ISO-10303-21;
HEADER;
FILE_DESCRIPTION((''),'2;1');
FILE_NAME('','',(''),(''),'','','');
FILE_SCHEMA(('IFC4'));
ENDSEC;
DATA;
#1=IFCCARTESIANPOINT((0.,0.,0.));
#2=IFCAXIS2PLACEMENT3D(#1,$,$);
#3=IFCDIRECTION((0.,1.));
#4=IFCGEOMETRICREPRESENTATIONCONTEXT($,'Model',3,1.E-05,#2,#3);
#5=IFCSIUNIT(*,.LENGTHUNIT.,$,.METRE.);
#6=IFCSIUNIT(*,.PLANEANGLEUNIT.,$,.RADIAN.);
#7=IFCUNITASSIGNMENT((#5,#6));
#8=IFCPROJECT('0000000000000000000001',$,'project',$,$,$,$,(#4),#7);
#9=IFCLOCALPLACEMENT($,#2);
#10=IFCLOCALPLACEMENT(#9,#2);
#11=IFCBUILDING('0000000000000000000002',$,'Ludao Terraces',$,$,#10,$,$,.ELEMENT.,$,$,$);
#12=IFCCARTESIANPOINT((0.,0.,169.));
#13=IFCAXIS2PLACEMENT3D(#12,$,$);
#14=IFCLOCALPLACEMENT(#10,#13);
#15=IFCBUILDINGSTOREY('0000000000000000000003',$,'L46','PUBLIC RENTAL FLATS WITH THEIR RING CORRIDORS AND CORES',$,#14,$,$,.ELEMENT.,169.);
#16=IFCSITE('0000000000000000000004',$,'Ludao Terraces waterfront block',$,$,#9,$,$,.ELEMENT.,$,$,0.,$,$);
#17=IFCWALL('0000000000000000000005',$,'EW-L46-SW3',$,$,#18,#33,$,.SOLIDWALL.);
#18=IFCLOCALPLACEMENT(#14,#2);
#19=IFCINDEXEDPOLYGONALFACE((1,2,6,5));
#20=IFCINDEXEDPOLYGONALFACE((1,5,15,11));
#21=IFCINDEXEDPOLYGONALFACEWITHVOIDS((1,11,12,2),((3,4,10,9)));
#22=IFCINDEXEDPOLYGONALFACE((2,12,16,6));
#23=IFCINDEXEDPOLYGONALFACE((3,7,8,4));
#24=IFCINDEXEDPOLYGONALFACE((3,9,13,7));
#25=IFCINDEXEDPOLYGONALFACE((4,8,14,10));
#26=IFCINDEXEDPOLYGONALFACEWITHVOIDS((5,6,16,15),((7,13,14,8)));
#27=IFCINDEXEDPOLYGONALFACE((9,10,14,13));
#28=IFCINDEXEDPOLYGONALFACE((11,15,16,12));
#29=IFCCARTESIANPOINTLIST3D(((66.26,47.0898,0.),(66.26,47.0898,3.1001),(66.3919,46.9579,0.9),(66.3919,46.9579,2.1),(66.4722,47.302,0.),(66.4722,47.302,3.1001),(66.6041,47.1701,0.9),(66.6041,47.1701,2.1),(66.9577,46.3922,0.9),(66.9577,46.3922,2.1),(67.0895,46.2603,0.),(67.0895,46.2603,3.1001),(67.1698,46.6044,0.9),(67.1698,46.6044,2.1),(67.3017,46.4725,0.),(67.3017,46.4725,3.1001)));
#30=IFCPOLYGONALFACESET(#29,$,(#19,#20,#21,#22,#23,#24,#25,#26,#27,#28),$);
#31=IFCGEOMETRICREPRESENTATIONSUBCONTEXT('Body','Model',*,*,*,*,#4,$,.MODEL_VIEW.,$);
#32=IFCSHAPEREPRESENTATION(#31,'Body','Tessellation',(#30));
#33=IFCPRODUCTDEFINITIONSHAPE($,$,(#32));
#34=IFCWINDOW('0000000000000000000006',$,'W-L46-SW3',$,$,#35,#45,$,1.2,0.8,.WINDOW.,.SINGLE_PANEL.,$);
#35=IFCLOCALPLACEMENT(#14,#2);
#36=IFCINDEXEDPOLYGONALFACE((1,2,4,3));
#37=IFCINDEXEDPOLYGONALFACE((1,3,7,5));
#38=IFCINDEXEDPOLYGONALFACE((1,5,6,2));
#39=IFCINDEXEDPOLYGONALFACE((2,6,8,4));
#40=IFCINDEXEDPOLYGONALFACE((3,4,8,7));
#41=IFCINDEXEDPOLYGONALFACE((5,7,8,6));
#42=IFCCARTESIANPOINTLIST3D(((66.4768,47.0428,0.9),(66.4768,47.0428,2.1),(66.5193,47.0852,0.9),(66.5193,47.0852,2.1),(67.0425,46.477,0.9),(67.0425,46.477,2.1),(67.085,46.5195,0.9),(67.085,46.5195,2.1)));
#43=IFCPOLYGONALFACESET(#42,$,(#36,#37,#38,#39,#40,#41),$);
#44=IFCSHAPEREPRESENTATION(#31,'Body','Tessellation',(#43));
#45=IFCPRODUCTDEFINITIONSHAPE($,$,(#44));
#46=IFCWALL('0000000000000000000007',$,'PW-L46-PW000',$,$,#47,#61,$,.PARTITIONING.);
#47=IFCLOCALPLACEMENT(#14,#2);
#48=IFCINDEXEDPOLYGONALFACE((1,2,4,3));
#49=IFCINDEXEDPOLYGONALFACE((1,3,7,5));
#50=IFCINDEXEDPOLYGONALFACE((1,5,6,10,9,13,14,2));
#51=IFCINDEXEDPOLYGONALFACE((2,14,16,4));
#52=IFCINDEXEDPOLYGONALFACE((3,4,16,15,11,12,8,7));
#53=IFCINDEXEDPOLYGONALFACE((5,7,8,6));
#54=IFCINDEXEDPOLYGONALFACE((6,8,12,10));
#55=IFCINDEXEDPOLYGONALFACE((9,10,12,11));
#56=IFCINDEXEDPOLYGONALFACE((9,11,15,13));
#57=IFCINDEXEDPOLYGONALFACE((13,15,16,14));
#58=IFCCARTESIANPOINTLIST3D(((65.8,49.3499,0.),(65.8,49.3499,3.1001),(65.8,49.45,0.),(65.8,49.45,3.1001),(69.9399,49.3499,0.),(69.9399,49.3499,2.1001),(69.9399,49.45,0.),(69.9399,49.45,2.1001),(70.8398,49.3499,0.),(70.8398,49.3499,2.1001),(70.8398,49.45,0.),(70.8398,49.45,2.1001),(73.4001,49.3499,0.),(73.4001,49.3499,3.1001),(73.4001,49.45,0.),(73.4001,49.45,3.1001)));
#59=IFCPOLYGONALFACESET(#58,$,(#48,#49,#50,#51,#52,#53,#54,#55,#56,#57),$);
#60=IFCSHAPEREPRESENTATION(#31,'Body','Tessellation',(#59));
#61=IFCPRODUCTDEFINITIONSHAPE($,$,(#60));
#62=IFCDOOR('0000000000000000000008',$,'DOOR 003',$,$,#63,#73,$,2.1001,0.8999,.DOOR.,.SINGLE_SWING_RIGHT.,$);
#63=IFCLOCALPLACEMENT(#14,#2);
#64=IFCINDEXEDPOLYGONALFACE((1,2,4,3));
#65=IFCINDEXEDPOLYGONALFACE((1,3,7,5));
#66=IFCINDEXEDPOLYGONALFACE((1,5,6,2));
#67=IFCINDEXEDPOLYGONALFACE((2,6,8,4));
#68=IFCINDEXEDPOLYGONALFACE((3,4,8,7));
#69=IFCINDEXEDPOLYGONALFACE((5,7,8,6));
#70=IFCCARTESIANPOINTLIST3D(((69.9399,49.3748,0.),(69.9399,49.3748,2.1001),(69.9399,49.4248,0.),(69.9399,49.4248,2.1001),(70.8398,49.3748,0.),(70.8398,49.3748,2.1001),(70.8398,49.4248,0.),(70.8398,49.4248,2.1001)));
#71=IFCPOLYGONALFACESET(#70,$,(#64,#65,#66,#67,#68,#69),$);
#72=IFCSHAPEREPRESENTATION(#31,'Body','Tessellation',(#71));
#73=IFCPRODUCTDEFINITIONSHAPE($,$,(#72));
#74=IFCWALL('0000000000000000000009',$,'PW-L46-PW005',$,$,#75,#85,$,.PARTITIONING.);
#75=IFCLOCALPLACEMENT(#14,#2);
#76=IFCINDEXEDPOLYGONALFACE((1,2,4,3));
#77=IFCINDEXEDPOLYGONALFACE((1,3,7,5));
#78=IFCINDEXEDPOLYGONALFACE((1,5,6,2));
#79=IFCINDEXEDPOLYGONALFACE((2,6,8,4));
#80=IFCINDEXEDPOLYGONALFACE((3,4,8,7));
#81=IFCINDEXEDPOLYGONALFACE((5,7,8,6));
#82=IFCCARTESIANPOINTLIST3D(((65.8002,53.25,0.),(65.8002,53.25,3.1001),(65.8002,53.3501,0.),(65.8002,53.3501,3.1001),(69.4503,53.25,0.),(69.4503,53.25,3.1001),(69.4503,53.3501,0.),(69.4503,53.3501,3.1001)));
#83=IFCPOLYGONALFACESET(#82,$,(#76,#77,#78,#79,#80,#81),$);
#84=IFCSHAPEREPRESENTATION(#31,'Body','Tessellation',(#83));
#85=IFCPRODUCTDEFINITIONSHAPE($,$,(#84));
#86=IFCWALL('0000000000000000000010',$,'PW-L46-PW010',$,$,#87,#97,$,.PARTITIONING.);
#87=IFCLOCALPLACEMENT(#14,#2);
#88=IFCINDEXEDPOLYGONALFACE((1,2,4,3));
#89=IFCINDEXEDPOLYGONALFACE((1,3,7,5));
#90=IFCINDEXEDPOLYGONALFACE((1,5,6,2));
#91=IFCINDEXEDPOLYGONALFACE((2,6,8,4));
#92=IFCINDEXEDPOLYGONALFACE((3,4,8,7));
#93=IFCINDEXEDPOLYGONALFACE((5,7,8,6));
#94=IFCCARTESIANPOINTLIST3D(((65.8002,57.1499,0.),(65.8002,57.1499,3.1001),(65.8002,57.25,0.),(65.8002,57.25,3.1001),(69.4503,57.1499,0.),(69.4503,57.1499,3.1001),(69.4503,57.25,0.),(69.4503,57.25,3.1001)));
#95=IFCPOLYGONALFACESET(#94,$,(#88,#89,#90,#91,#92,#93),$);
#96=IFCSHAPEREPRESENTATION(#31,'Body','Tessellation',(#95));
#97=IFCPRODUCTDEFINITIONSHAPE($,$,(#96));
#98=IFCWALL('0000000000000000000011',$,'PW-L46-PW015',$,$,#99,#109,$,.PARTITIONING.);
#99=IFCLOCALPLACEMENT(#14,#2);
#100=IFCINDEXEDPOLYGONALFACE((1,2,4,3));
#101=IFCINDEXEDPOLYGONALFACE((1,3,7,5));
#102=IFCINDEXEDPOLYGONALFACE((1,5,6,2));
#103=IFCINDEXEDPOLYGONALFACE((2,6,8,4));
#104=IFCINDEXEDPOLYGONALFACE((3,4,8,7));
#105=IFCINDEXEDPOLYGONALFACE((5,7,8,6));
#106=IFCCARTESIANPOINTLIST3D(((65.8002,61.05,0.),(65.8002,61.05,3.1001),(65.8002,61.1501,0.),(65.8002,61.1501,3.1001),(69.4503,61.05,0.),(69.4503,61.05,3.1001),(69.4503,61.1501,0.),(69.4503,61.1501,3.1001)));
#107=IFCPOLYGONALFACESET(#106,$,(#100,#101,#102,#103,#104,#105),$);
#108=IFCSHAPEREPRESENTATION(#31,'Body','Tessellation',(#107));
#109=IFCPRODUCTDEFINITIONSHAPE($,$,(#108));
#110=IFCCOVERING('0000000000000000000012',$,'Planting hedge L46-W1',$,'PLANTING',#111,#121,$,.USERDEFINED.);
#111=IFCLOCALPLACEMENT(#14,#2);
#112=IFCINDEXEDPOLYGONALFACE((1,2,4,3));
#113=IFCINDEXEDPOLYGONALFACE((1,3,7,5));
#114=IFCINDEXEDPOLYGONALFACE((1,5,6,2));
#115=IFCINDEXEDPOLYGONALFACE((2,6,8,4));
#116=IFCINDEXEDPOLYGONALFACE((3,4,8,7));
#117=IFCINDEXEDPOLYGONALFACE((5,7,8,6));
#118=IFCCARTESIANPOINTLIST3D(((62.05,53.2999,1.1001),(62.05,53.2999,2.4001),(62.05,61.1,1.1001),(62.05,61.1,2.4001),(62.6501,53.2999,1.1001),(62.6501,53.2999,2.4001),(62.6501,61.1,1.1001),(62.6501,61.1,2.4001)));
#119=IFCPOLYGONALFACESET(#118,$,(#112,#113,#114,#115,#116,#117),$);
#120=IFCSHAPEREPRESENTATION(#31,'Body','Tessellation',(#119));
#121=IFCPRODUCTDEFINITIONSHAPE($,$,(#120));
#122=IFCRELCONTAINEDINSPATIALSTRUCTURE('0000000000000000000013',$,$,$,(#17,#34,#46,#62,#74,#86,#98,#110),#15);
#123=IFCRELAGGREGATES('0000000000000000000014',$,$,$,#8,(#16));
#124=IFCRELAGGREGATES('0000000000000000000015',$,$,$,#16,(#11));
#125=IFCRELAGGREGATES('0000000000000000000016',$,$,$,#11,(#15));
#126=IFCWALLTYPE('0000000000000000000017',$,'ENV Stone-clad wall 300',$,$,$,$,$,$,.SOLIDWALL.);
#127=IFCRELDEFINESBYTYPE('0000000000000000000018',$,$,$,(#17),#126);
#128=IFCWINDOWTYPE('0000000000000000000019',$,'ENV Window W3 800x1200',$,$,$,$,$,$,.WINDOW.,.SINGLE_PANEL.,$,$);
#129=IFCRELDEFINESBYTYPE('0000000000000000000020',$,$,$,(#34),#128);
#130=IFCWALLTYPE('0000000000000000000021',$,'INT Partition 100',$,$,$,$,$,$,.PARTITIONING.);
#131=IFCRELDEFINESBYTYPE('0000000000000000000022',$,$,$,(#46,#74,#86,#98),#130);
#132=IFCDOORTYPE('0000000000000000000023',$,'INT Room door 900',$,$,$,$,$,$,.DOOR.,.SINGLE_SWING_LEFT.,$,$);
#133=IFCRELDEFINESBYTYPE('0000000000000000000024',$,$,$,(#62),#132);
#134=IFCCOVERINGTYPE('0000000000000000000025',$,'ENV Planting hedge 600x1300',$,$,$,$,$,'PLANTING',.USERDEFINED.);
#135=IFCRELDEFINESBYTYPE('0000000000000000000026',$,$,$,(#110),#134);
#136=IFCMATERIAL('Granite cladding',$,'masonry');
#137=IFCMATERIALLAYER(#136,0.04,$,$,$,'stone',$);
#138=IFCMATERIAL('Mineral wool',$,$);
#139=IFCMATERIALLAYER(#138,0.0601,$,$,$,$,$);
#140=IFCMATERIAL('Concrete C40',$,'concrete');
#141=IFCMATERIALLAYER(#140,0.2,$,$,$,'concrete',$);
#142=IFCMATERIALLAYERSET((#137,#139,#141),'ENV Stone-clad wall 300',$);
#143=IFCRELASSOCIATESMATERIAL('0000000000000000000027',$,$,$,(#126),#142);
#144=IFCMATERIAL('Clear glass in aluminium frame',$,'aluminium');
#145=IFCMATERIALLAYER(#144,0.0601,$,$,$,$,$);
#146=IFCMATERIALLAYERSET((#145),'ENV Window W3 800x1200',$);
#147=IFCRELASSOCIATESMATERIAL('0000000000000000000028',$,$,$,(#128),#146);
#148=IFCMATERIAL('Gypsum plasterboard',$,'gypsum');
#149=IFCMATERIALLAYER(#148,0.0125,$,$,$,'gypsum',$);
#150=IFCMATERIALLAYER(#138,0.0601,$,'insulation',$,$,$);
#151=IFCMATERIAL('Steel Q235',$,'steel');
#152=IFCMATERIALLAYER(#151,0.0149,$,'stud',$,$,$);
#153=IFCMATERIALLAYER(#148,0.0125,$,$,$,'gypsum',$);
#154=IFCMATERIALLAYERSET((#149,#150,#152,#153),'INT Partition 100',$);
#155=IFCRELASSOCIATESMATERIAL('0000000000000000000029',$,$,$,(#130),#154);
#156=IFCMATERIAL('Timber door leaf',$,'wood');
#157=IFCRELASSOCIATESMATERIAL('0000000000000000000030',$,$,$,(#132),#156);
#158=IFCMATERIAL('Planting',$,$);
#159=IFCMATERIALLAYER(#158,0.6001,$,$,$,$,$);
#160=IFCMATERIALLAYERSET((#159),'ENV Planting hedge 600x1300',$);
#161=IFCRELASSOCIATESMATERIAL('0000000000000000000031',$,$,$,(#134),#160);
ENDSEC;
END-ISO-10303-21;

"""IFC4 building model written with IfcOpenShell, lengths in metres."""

from ifc_helpers import new_model, si_unit, direction, frame, frame_2d, origin, origin_2d, place, context, subcontext, project, spatial, rectangle, extrude, material, layer, layer_set, type_object, element, fill, save


model = new_model("IFC4")

# Units and contexts
model_context = context("Model", 3, precision=1e-05, world=origin(), true_north=direction((0.0, 1.0)))
body_context = subcontext(model_context, "Body", "Model", "MODEL_VIEW")
ifc_project = project(units=[si_unit("LENGTHUNIT", "METRE"), si_unit("PLANEANGLEUNIT", "RADIAN")], contexts=[model_context])

# Site, building, storey
site_placement = place(None, origin())
site = spatial("IfcSite", under=ifc_project, at=site_placement, Name="Ludao Terraces waterfront block", CompositionType="ELEMENT", RefElevation=0.0)
building_placement = place(site_placement, origin())
building = spatial("IfcBuilding", under=site, at=building_placement, Name="Ludao Terraces", CompositionType="ELEMENT")
storey_placement = place(building_placement, frame((0.0, 0.0, 169.0)))
storey = spatial("IfcBuildingStorey", under=building, at=storey_placement, Name="L46", Description="PUBLIC RENTAL FLATS WITH THEIR RING CORRIDORS AND CORES", CompositionType="ELEMENT", Elevation=169.0)

# Shared definitions
ifc_material_1 = material(Name="Concrete C40", Category="concrete")

# Shared definitions
ifc_material_2 = material(Name="Granite cladding", Category="masonry")
ifc_layer_1 = layer(ifc_material_2, 0.04, Category="stone")
ifc_material_3 = material(Name="Mineral wool")
ifc_layer_2 = layer(ifc_material_3, 0.0601)
ifc_layer_3 = layer(ifc_material_1, 0.2, Category="concrete")
ifc_layer_set_1 = layer_set([ifc_layer_1, ifc_layer_2, ifc_layer_3], Name="ENV Stone-clad wall 300")
wall_type_1 = type_object("IfcWallType", Name="ENV Stone-clad wall 300", PredefinedType="SOLIDWALL", material=ifc_layer_set_1)
ifc_material_4 = material(Name="Clear glass in aluminium frame", Category="aluminium")

# Wall, opening, window
ifc_layer_4 = layer(ifc_material_4, 0.0601)
ifc_layer_set_2 = layer_set([ifc_layer_4], Name="ENV Window W3 800x1200")
window_type_1 = type_object("IfcWindowType", Name="ENV Window W3 800x1200", PartitioningType="SINGLE_PANEL", PredefinedType="WINDOW", material=ifc_layer_set_2)
wall_1_placement = place(storey_placement, frame((66.3662, 47.1958, 0.0), z_axis=(0.0, 0.0, 1.0), x_axis=(0.707107, -0.707107, 0.0)))
wall_1 = element("IfcWall", 1, at=wall_1_placement, inside=storey, type_object=wall_type_1, Name="EW-L46-SW3", PredefinedType="SOLIDWALL", context=body_context, shape_type="SweptSolid", body=[
    extrude(rectangle(XDim=1.1731, YDim=0.3, at=frame_2d((0.5864, 0.0))), origin(), (0.0, 0.0, 1.0), 3.1001),
])
opening_1_placement = place(wall_1_placement, frame((0.1865, 0.0, 0.8999)))
opening_1 = element("IfcOpeningElement", 2, at=opening_1_placement, cuts=wall_1, PredefinedType="OPENING", context=body_context, shape_type="SweptSolid", body=[
    extrude(rectangle(XDim=0.8, YDim=1.2, at=frame_2d((0.3999, 0.6001))), frame((0.0, 0.1602, 0.0), z_axis=(0.0, -1.0, 0.0), x_axis=(1.0, 0.0, 0.0)), (0.0, 0.0, 1.0), 0.3201),
])
window_1_placement = place(opening_1_placement, origin())
window_1 = element("IfcWindow", 3, at=window_1_placement, inside=storey, type_object=window_type_1, Name="W-L46-SW3", OverallHeight=1.2, OverallWidth=0.8, PartitioningType="SINGLE_PANEL", PredefinedType="WINDOW", context=body_context, shape_type="SweptSolid", body=[
    extrude(rectangle(XDim=0.8, YDim=1.2, at=frame_2d((0.3999, 0.6001))), frame((0.0, 0.03, 0.0), z_axis=(0.0, -1.0, 0.0), x_axis=(1.0, 0.0, 0.0)), (0.0, 0.0, 1.0), 0.0601),
])
fill(opening_1, window_1)

# Wall, opening, door
ifc_material_5 = material(Name="Gypsum plasterboard", Category="gypsum")
ifc_layer_5 = layer(ifc_material_5, 0.0125, Category="gypsum")
ifc_layer_6 = layer(ifc_material_3, 0.0601, Name="insulation")
ifc_material_6 = material(Name="Steel Q235", Category="steel")
ifc_layer_7 = layer(ifc_material_6, 0.0149, Name="stud")
ifc_layer_8 = layer(ifc_material_5, 0.0125, Category="gypsum")
ifc_layer_set_3 = layer_set([ifc_layer_5, ifc_layer_6, ifc_layer_7, ifc_layer_8], Name="INT Partition 100")
wall_type_2 = type_object("IfcWallType", Name="INT Partition 100", PredefinedType="PARTITIONING", material=ifc_layer_set_3)
wall_2_placement = place(storey_placement, frame((65.8, 49.3999, 0.0), z_axis=(0.0, 0.0, 1.0), x_axis=(1.0, 0.0, 0.0)))
wall_2 = element("IfcWall", 4, at=wall_2_placement, inside=storey, type_object=wall_type_2, Name="PW-L46-PW000", PredefinedType="PARTITIONING", context=body_context, shape_type="SweptSolid", body=[
    extrude(rectangle(XDim=7.6001, YDim=0.1001, at=frame_2d((3.8, 0.0))), origin(), (0.0, 0.0, 1.0), 3.1001),
])
opening_2_placement = place(wall_2_placement, frame((4.1399, 0.0, 0.0)))
opening_2 = element("IfcOpeningElement", 5, at=opening_2_placement, cuts=wall_2, PredefinedType="OPENING", context=body_context, shape_type="SweptSolid", body=[
    extrude(rectangle(XDim=0.8999, YDim=2.1001, at=frame_2d((0.45, 1.05))), frame((0.0, 0.0601, 0.0), z_axis=(0.0, -1.0, 0.0), x_axis=(1.0, 0.0, 0.0)), (0.0, 0.0, 1.0), 0.1201),
])
ifc_material_7 = material(Name="Timber door leaf", Category="wood")
door_type_1 = type_object("IfcDoorType", Name="INT Room door 900", OperationType="SINGLE_SWING_LEFT", PredefinedType="DOOR", material=ifc_material_7)
door_1_placement = place(opening_2_placement, origin())
door_1 = element("IfcDoor", 6, at=door_1_placement, inside=storey, type_object=door_type_1, Name="DOOR 003", OperationType="SINGLE_SWING_RIGHT", OverallHeight=2.1001, OverallWidth=0.8999, PredefinedType="DOOR", context=body_context, shape_type="SweptSolid", body=[
    extrude(rectangle(XDim=0.8999, YDim=2.1001, at=frame_2d((0.45, 1.05))), frame((0.0, 0.0249, 0.0), z_axis=(0.0, -1.0, 0.0), x_axis=(1.0, 0.0, 0.0)), (0.0, 0.0, 1.0), 0.05),
])
fill(opening_2, door_1)

# Walls
for number, where, z_axis, x_axis, name in (
    (7, (65.8, 53.3, 0.0), (0.0, 0.0, 1.0), (1.0, 0.0, 0.0), "PW-L46-PW005"),
    (8, (65.8, 57.2, 0.0), (0.0, 0.0, 1.0), (1.0, 0.0, 0.0), "PW-L46-PW010"),
    (9, (65.8, 61.1001, 0.0), (0.0, 0.0, 1.0), (1.0, 0.0, 0.0), "PW-L46-PW015"),
):
    element("IfcWall", number, at=place(storey_placement, frame(where, z_axis=z_axis, x_axis=x_axis)), inside=storey, type_object=wall_type_2, Name=name, PredefinedType="PARTITIONING", context=body_context, shape_type="SweptSolid", body=[
        extrude(rectangle(XDim=3.6501, YDim=0.1001, at=frame_2d((1.8252, 0.0))), origin(), (0.0, 0.0, 1.0), 3.1001),
    ])

# Covering
ifc_material_8 = material(Name="Planting")
ifc_layer_9 = layer(ifc_material_8, 0.6001)
ifc_layer_set_4 = layer_set([ifc_layer_9], Name="ENV Planting hedge 600x1300")
covering_type = type_object("IfcCoveringType", Name="ENV Planting hedge 600x1300", ElementType="PLANTING", PredefinedType="USERDEFINED", material=ifc_layer_set_4)
covering_placement = place(storey_placement, frame((62.3501, 57.2, 1.1001), z_axis=(0.0, 0.0, 1.0), x_axis=(1.0, 0.0, 0.0)))
element("IfcCovering", 10, at=covering_placement, inside=storey, type_object=covering_type, Name="Planting hedge L46-W1", ObjectType="PLANTING", PredefinedType="USERDEFINED", context=body_context, shape_type="SweptSolid", body=[
    extrude(rectangle(XDim=0.6001, YDim=7.8, at=origin_2d()), origin(), (0.0, 0.0, 1.0), 1.3),
])

save(model, "model.ifc")
